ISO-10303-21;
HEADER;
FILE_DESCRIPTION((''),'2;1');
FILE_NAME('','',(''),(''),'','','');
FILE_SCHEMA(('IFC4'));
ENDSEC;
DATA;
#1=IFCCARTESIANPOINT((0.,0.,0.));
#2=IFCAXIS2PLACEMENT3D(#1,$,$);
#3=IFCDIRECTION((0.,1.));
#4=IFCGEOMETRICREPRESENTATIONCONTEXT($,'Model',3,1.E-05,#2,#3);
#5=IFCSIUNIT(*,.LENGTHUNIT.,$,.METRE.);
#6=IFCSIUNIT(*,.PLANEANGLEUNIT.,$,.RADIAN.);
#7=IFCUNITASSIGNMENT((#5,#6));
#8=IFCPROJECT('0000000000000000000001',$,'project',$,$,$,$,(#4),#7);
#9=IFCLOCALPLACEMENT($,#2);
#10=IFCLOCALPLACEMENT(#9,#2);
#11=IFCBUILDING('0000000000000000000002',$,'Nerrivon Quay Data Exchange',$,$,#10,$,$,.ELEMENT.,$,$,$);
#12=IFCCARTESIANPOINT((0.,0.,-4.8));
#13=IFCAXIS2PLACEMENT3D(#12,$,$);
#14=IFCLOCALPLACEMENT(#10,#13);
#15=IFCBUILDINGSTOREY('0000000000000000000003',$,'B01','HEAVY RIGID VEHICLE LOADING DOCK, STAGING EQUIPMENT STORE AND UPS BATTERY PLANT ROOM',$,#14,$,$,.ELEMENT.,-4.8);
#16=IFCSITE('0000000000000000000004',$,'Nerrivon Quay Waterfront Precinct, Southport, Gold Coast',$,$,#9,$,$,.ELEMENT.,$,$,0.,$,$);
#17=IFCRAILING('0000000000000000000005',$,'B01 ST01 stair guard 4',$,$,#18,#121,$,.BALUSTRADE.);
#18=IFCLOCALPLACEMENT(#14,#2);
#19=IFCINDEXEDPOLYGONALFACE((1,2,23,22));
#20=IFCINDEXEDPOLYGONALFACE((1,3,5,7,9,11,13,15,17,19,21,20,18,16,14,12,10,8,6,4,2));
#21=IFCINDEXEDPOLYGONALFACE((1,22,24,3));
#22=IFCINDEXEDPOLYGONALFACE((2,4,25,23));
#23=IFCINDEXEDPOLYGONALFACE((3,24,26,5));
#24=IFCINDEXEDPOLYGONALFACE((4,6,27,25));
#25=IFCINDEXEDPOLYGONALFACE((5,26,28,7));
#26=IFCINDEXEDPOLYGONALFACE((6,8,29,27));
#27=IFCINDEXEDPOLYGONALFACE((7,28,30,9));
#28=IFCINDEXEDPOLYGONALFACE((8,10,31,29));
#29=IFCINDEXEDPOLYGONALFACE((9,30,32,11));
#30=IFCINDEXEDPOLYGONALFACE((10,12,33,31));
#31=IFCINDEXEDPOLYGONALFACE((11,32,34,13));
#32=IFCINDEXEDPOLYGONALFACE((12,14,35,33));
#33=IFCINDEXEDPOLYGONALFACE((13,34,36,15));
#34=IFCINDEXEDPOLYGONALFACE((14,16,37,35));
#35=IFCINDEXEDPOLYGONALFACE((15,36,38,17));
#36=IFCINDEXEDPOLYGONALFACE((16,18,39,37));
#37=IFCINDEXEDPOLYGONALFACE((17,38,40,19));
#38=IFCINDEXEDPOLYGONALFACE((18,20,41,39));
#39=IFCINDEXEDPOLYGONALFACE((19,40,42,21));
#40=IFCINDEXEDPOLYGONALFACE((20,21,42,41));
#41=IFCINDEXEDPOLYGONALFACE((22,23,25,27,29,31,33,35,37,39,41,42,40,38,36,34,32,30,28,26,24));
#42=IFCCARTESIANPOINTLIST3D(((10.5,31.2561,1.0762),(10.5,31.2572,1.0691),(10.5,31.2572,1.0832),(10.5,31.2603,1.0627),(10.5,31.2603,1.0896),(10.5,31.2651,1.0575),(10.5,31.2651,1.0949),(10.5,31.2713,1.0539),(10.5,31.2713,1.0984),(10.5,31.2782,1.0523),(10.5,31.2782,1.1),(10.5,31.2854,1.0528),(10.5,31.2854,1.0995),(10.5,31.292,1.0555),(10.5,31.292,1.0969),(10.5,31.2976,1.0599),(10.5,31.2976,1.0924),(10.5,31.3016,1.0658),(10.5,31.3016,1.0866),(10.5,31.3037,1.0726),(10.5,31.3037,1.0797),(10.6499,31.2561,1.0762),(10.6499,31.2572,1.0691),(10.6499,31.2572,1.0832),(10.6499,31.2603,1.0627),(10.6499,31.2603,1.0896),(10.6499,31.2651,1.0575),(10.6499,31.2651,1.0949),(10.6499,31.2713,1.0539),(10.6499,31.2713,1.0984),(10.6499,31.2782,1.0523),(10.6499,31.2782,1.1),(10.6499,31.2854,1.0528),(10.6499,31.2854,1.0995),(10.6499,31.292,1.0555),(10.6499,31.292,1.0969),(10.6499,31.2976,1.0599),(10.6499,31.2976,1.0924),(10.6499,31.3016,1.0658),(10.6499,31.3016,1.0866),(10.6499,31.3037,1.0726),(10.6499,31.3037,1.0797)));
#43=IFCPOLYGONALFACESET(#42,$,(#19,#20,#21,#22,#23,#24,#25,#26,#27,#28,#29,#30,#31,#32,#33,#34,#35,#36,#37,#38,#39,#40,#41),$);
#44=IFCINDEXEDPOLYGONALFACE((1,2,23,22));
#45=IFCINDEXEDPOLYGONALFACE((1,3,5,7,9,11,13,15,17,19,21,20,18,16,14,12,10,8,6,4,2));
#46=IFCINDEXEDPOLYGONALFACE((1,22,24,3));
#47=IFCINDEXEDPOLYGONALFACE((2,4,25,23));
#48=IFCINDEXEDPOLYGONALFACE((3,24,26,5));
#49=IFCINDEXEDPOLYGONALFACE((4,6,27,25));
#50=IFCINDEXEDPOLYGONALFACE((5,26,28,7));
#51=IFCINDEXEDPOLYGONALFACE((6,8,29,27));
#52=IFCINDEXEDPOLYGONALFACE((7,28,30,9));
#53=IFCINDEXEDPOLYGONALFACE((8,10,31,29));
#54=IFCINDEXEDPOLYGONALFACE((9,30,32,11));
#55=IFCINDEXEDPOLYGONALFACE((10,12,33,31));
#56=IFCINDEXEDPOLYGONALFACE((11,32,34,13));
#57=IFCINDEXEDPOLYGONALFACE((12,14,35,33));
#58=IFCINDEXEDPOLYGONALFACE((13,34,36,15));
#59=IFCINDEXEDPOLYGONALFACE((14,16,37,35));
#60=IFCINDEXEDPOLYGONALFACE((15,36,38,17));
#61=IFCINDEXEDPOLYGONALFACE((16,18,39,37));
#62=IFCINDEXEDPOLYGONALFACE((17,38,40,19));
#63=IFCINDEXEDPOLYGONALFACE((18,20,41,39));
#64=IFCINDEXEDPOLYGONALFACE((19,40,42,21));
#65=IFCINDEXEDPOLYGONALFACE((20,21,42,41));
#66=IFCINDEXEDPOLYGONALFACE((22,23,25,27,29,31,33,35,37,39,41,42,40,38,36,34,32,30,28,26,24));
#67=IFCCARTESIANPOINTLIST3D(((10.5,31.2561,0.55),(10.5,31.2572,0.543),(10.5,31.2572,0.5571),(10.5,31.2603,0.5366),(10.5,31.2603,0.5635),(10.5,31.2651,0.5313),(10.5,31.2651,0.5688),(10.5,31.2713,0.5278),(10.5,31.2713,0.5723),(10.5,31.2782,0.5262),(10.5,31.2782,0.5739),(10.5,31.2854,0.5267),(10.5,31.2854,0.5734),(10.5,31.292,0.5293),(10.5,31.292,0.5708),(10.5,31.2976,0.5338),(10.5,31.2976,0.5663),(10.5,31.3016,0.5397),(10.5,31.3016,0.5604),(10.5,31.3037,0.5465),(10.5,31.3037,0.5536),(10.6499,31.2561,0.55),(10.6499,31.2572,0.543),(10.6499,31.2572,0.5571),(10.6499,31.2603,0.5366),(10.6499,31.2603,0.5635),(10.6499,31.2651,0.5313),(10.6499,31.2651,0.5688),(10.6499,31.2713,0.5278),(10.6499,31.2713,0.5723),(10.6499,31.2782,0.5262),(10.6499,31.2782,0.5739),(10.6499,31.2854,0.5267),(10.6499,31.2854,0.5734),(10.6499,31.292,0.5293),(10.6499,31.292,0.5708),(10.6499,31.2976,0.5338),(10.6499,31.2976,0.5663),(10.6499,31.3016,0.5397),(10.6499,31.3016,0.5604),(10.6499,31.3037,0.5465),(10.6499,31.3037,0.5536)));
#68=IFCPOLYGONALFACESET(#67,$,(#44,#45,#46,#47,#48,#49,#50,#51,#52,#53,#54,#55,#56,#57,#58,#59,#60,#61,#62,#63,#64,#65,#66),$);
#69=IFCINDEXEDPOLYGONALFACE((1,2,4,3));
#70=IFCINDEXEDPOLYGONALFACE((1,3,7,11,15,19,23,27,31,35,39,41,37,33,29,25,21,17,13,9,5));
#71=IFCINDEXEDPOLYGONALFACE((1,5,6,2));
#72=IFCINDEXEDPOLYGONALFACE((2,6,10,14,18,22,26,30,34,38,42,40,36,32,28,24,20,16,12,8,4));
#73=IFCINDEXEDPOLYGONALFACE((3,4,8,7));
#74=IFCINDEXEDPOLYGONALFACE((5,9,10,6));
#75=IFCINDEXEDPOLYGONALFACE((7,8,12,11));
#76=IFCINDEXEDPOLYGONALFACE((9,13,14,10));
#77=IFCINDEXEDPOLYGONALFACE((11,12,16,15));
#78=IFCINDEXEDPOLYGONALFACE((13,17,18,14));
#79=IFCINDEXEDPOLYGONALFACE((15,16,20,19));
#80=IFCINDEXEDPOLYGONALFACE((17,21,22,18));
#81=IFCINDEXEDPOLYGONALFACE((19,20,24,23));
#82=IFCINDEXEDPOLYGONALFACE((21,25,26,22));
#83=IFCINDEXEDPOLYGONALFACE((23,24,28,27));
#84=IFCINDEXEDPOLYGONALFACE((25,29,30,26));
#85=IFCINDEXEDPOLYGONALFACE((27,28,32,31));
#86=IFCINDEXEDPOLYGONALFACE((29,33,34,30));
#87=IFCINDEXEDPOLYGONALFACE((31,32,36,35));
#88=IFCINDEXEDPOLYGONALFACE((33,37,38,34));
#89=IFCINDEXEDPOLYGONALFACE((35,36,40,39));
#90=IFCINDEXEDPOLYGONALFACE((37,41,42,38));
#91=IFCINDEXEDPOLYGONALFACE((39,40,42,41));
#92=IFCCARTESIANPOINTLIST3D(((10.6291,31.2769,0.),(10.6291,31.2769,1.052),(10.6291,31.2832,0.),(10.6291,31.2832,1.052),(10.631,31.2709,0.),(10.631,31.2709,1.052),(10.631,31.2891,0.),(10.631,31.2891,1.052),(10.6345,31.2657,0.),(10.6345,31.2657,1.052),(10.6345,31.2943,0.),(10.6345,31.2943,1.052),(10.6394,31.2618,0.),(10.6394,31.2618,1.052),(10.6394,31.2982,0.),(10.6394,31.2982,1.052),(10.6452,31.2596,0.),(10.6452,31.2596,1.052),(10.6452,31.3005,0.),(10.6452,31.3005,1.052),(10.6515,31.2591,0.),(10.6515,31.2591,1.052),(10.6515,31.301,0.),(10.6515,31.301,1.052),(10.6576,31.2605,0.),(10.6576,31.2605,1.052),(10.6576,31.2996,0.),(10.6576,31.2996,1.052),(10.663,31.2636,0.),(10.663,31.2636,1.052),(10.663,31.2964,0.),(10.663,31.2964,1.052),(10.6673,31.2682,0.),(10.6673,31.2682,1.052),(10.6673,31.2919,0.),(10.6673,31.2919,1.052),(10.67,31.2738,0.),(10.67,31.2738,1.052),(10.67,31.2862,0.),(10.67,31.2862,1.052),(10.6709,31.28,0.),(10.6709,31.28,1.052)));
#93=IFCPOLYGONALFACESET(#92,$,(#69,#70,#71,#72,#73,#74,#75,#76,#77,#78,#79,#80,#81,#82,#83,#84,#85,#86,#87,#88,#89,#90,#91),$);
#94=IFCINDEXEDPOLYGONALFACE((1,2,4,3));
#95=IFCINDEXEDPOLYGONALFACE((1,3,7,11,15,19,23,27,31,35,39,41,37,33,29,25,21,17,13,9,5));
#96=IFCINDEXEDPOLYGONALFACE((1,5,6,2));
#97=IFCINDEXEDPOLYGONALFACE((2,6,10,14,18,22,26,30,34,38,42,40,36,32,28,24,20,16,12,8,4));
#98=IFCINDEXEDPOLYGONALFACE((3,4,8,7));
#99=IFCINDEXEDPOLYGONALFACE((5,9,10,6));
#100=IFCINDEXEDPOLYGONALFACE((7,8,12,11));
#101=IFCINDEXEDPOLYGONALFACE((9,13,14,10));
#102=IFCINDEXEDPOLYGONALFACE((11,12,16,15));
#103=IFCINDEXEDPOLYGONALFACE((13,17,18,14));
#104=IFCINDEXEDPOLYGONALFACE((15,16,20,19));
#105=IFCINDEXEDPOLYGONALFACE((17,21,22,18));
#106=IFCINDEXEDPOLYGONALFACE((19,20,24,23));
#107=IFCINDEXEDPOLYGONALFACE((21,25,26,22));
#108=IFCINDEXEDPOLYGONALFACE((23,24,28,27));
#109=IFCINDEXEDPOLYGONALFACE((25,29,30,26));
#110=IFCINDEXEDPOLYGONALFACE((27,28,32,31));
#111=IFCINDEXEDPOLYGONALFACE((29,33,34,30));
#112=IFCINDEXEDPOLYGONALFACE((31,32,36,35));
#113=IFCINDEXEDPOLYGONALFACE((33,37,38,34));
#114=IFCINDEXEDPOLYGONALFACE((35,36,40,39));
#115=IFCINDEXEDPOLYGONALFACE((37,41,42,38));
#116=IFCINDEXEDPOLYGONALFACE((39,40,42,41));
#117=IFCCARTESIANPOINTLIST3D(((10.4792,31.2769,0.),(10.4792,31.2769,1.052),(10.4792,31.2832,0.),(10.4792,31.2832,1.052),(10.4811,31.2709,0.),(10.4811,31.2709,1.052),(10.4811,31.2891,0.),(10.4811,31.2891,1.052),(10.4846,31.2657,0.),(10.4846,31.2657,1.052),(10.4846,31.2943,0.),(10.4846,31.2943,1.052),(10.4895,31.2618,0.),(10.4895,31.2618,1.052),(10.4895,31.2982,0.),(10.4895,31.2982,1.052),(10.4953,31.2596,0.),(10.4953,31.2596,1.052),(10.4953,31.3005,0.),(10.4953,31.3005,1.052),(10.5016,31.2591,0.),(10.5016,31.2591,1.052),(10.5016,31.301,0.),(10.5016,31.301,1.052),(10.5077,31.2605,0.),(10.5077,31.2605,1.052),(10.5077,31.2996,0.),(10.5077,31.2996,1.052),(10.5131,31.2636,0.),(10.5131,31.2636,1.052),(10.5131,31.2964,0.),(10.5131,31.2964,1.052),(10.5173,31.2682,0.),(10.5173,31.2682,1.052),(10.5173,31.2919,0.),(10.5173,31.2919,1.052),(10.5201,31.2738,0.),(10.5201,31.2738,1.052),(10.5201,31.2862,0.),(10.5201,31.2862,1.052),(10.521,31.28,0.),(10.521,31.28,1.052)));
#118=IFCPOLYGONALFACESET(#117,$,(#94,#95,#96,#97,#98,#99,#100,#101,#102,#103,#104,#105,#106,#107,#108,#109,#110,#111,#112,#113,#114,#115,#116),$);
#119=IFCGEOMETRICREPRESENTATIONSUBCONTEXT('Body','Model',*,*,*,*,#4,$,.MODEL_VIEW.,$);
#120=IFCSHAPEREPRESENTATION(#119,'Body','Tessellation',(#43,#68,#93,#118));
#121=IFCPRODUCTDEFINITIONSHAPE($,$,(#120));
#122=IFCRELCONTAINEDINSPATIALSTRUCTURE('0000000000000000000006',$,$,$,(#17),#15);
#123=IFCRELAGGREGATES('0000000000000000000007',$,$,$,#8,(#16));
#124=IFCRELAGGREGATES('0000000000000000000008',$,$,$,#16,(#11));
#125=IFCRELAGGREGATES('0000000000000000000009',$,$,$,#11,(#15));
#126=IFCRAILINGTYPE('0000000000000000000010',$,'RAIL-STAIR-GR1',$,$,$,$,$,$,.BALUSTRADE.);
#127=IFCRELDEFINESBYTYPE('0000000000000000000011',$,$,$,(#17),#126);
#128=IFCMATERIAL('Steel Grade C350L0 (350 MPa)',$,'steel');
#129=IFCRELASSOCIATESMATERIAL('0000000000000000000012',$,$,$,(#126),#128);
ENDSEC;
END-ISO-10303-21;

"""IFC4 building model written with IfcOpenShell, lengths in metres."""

from ifc_helpers import new_model, si_unit, direction, frame, origin, origin_2d, place, context, subcontext, project, spatial, circle, extrude, material, type_object, element, save


model = new_model("IFC4")

# Units and contexts
model_context = context("Model", 3, precision=1e-05, world=origin(), true_north=direction((0.0, 1.0)))
body_context = subcontext(model_context, "Body", "Model", "MODEL_VIEW")
ifc_project = project(units=[si_unit("LENGTHUNIT", "METRE"), si_unit("PLANEANGLEUNIT", "RADIAN")], contexts=[model_context])

# Site, building, storey
site_placement = place(None, origin())
site = spatial("IfcSite", under=ifc_project, at=site_placement, Name="Nerrivon Quay Waterfront Precinct, Southport, Gold Coast", CompositionType="ELEMENT", RefElevation=0.0)
building_placement = place(site_placement, origin())
building = spatial("IfcBuilding", under=site, at=building_placement, Name="Nerrivon Quay Data Exchange", CompositionType="ELEMENT")
storey_placement = place(building_placement, frame((0.0, 0.0, -4.8)))
storey = spatial("IfcBuildingStorey", under=building, at=storey_placement, Name="B01", Description="HEAVY RIGID VEHICLE LOADING DOCK, STAGING EQUIPMENT STORE AND UPS BATTERY PLANT ROOM", CompositionType="ELEMENT", Elevation=-4.8)

# Railing
ifc_material_1 = material(Name="Steel Grade C350L0 (350 MPa)", Category="steel")
railing_type_1 = type_object("IfcRailingType", Name="RAIL-STAIR-GR1", PredefinedType="BALUSTRADE", material=ifc_material_1)
railing_1_placement = place(storey_placement, frame((10.6499, 31.28, 0.0)))
element("IfcRailing", 1, at=railing_1_placement, inside=storey, type_object=railing_type_1, Name="B01 ST01 stair guard 4", PredefinedType="BALUSTRADE", context=body_context, shape_type="SweptSolid", body=[
    extrude(circle(Radius=0.0239, at=origin_2d()), frame((0.0, 0.0, 1.0762), z_axis=(-1.0, 0.0, 0.0), x_axis=(0.0, -1.0, 0.0)), (0.0, 0.0, 1.0), 0.1499),
    extrude(circle(Radius=0.0239, at=origin_2d()), frame((0.0, 0.0, 0.55), z_axis=(-1.0, 0.0, 0.0), x_axis=(0.0, -1.0, 0.0)), (0.0, 0.0, 1.0), 0.1499),
    extrude(circle(Radius=0.021, at=origin_2d()), origin(), (0.0, 0.0, 1.0), 1.052),
    extrude(circle(Radius=0.021, at=origin_2d()), frame((-0.1499, 0.0, 0.0)), (0.0, 0.0, 1.0), 1.052),
])

save(model, "model.ifc")
